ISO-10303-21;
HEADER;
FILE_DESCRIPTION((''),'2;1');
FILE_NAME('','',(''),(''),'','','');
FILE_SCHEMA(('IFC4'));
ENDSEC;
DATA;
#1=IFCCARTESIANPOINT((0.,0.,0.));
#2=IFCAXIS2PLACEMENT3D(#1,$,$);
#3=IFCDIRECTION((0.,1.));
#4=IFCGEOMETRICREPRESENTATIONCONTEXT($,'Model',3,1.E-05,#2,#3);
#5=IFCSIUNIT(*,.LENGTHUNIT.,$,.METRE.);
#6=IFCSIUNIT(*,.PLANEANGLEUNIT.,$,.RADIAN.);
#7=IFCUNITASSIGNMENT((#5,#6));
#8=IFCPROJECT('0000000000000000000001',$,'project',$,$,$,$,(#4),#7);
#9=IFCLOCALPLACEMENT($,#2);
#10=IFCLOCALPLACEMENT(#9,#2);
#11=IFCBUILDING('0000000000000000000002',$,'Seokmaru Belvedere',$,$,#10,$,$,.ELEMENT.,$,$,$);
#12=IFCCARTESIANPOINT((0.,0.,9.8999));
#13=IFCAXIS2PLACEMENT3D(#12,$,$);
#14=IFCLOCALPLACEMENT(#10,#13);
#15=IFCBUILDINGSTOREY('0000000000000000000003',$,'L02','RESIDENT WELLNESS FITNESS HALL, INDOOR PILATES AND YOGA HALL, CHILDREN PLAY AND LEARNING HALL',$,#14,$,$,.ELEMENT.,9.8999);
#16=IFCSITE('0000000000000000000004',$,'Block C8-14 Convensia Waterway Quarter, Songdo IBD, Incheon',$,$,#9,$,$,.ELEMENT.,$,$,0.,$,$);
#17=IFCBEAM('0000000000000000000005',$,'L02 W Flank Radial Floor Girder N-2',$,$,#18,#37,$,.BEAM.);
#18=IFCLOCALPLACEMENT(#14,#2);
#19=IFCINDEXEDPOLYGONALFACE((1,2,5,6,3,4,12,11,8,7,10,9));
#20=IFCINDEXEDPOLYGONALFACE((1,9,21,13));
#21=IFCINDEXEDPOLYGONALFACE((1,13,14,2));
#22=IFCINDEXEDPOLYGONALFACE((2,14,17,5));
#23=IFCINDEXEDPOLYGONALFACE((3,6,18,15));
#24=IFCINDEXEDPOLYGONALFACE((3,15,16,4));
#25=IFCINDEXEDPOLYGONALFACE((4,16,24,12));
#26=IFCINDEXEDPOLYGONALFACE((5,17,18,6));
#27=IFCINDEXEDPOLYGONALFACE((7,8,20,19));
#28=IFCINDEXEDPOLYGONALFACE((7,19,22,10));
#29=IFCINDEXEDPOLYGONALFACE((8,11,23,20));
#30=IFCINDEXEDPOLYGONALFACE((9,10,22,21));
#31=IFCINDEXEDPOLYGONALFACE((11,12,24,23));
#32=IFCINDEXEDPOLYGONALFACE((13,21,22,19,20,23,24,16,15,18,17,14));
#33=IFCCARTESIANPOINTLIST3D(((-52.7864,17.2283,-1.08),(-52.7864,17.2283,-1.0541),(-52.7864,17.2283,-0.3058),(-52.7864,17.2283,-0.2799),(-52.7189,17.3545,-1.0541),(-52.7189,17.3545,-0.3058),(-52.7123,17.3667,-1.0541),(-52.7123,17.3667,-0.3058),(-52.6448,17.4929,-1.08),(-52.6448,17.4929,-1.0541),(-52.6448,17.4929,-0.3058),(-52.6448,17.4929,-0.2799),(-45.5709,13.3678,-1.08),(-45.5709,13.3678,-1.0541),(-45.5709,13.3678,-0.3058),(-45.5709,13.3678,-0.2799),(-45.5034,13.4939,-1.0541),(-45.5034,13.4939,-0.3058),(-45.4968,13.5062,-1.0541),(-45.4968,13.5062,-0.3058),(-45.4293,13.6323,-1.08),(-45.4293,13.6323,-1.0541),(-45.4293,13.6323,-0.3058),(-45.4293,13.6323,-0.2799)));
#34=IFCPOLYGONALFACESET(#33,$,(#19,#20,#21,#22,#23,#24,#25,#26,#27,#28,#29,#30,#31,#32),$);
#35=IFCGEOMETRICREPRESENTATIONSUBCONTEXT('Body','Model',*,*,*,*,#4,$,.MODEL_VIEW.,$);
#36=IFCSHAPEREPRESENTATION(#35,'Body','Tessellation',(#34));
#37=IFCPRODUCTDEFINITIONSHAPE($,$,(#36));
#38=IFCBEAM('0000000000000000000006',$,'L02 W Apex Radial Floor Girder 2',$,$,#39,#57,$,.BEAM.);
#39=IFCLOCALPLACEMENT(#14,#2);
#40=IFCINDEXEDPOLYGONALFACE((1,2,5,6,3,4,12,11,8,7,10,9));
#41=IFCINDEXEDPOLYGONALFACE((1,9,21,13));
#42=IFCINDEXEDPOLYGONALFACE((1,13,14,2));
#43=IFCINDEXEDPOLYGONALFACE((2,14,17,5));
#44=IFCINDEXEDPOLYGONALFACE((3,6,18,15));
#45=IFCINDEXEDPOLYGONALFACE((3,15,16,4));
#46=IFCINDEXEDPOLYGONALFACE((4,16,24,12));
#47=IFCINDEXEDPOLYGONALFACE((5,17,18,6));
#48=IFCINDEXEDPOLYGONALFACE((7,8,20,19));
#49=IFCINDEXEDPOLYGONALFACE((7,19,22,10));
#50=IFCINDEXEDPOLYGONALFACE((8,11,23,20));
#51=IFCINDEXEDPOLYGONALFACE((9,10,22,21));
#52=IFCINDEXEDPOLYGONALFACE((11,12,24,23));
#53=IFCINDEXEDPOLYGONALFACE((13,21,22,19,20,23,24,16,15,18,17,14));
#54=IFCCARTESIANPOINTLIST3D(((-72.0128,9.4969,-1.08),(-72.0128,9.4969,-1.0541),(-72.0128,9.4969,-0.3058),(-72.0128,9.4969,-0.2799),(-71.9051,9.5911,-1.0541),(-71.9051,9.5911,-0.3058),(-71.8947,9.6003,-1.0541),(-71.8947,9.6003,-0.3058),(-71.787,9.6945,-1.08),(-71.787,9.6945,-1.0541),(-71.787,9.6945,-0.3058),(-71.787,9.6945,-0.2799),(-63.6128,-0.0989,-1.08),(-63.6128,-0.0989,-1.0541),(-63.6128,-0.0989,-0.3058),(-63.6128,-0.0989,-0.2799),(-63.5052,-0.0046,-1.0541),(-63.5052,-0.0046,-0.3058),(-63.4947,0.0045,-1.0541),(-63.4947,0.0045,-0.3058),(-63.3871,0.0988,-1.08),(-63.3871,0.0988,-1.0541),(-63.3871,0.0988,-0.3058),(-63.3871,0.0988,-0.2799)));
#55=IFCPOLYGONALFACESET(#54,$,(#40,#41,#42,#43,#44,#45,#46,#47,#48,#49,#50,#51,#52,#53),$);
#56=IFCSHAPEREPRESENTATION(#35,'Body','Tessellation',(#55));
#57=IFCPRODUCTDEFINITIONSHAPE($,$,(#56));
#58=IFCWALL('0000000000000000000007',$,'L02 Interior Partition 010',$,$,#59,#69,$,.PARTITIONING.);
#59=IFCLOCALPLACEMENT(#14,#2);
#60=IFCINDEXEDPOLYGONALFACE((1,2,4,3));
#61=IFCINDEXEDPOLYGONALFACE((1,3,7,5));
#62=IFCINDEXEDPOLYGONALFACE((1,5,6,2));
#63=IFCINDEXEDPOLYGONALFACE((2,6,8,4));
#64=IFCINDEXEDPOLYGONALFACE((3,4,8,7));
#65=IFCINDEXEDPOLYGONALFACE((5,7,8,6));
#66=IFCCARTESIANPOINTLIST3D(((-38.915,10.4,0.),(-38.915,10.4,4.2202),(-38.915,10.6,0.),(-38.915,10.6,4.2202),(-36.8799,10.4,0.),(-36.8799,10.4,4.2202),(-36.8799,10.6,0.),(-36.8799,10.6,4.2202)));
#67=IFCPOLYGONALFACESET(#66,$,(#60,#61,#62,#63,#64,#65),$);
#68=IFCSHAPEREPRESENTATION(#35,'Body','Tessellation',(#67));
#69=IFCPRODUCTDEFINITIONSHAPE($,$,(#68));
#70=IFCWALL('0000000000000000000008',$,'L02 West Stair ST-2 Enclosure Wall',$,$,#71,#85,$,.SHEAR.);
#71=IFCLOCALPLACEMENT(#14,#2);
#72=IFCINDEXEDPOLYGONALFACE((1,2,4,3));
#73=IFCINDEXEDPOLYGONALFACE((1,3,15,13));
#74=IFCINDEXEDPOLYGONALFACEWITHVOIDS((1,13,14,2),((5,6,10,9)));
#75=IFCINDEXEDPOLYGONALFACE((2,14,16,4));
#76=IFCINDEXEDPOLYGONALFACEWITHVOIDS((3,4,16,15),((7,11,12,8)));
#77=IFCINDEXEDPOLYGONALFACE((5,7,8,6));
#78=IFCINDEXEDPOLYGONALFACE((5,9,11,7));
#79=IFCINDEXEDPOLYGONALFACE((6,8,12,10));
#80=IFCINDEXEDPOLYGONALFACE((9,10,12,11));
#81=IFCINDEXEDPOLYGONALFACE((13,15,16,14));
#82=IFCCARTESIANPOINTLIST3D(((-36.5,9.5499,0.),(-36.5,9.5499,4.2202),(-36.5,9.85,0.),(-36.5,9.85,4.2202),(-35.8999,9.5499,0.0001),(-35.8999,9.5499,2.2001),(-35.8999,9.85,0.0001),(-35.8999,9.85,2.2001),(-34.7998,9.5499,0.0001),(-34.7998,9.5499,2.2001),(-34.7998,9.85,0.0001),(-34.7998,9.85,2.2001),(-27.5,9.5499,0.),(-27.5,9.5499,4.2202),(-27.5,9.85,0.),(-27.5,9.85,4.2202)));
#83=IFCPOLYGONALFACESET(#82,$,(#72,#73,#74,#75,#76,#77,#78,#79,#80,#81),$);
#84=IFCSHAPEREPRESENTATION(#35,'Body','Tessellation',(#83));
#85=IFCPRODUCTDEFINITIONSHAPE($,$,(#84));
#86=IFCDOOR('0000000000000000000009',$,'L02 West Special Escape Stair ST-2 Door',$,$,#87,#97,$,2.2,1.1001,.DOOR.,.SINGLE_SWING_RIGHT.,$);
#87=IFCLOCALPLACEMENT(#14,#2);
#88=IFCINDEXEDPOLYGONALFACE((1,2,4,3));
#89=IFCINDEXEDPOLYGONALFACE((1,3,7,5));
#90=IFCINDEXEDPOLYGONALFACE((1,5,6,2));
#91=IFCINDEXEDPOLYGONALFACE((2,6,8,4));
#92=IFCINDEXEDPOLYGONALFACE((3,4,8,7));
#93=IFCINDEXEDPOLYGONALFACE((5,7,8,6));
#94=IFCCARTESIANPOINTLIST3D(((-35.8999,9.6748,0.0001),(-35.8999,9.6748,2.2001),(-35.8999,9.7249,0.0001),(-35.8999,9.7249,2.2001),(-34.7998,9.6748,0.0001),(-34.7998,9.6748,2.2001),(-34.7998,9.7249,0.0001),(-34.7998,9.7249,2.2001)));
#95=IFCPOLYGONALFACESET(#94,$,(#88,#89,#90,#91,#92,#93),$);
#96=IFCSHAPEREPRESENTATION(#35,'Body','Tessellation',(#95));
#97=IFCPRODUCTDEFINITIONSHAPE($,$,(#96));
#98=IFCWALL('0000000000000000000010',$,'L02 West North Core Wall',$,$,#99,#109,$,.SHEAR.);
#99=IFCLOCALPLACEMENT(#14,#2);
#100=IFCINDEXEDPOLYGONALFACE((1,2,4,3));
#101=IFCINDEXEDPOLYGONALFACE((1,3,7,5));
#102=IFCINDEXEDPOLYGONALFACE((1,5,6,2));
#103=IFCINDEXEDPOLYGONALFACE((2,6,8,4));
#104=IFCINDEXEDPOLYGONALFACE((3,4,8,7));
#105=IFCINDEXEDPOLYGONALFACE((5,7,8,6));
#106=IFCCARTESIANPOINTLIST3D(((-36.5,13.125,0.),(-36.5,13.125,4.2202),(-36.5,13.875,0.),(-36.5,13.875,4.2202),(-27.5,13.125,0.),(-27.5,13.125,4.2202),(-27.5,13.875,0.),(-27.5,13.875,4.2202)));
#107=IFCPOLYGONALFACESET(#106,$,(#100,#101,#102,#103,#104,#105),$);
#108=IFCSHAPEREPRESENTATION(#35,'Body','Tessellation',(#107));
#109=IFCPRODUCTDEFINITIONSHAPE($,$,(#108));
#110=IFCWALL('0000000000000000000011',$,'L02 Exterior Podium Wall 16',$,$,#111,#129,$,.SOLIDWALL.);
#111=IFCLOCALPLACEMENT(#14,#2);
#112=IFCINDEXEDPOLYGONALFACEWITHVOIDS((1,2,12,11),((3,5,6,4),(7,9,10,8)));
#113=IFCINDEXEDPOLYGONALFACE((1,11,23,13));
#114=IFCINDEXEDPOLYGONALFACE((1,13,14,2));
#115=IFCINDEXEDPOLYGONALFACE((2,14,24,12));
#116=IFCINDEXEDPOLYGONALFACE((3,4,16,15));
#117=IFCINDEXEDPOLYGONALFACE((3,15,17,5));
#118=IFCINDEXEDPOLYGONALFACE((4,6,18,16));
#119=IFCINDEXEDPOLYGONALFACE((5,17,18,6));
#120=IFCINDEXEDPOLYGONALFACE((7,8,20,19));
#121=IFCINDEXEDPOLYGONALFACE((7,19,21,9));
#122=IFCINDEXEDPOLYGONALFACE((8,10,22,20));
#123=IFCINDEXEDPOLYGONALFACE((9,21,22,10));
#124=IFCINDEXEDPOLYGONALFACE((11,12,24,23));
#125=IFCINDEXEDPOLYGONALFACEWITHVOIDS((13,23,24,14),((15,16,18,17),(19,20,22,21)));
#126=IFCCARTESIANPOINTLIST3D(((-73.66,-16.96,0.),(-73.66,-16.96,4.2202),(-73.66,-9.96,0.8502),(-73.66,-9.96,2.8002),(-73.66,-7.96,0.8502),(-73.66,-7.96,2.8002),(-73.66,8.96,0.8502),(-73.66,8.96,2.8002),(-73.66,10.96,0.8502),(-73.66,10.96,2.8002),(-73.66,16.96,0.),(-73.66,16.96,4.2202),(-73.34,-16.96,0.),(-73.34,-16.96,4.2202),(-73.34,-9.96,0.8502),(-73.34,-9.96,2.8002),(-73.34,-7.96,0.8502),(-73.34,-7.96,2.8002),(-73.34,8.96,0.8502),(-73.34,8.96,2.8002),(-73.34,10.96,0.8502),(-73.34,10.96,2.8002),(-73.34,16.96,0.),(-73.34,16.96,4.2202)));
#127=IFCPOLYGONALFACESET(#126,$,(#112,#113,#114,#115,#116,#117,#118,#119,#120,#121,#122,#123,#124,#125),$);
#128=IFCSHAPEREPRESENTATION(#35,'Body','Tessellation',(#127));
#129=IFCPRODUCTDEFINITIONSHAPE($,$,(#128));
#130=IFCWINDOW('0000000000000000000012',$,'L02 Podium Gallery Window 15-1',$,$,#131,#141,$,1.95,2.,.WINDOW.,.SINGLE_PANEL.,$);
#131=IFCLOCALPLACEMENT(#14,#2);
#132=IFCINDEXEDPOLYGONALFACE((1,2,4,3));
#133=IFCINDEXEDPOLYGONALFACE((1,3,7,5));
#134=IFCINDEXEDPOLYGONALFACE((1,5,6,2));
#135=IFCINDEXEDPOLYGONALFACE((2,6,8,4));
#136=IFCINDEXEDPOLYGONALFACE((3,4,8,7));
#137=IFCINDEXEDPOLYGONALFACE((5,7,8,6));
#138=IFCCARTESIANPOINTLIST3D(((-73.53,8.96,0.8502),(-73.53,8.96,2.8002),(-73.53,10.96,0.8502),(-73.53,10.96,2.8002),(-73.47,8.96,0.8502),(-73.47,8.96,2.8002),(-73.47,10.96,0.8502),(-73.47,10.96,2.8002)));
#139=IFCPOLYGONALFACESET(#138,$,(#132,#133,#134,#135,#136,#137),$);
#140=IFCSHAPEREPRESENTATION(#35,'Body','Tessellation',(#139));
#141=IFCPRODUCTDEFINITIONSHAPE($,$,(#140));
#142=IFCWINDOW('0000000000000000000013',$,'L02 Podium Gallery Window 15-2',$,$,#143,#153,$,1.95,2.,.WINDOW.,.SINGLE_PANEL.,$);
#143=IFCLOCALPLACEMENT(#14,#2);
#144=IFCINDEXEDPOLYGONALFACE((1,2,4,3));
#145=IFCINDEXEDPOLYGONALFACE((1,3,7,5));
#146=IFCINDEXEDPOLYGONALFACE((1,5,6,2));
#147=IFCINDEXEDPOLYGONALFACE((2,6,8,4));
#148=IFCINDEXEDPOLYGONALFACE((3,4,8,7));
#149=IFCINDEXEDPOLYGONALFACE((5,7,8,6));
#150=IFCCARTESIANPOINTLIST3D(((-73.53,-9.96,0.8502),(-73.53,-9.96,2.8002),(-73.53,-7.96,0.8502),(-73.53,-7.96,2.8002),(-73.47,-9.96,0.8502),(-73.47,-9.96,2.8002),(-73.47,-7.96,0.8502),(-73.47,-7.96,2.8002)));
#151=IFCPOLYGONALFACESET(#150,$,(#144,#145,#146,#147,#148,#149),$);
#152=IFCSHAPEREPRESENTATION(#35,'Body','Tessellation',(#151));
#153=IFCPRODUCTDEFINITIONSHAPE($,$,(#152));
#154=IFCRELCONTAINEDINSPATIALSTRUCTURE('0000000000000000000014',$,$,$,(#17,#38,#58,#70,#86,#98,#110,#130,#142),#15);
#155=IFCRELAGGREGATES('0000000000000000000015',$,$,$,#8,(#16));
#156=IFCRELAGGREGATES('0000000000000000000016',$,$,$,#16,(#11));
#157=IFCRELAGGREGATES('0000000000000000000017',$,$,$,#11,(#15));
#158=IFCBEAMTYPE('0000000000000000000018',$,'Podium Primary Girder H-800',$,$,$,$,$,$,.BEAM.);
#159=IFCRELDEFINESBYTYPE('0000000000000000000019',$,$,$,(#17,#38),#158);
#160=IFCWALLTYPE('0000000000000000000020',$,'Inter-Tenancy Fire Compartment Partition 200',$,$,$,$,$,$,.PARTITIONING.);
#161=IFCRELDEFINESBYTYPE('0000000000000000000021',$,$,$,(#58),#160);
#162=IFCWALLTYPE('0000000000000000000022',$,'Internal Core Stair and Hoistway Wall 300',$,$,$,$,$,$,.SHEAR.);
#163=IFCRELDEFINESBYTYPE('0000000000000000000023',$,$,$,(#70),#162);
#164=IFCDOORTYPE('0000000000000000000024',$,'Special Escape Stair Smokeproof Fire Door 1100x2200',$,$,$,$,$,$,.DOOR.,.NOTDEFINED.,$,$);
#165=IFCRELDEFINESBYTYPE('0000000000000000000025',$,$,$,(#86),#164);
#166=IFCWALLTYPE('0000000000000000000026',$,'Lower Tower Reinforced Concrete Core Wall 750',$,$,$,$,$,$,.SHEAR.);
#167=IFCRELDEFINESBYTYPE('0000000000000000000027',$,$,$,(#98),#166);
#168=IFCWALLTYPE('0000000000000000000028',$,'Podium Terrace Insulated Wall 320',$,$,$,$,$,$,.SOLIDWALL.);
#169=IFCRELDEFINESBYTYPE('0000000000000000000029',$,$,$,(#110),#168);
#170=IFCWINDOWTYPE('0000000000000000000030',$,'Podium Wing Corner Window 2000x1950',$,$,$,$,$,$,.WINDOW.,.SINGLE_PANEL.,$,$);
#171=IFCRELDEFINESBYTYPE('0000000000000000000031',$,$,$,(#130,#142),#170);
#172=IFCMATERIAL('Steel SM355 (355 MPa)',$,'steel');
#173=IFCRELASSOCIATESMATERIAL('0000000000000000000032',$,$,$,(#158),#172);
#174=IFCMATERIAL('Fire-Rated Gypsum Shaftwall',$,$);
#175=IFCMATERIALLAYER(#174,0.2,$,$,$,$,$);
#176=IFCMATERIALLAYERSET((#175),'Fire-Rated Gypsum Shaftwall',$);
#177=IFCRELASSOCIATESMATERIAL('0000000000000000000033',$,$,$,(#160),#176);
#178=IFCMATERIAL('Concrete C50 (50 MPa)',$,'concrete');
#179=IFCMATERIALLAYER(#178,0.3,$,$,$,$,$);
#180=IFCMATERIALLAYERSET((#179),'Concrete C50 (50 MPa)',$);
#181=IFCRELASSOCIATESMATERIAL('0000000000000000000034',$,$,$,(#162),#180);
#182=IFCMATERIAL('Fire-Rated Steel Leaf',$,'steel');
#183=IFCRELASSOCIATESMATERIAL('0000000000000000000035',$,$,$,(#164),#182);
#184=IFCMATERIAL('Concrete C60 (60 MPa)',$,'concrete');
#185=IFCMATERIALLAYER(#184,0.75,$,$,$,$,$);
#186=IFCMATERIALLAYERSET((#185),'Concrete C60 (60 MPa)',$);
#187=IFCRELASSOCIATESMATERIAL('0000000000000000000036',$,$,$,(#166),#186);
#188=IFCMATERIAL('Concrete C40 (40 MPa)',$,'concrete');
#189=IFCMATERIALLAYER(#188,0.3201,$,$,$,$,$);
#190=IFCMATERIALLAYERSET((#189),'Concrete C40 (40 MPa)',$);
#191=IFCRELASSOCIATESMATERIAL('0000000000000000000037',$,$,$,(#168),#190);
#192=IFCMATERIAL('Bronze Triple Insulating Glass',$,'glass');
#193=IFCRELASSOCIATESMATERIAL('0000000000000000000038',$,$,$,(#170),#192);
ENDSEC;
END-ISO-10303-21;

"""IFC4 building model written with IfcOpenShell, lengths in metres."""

from ifc_helpers import new_model, si_unit, direction, frame, frame_2d, origin, origin_2d, place, context, subcontext, project, spatial, rectangle, i_section, extrude, source, transform, mapped, material, layer, layer_set, material_profile, profile_set, type_object, type_shapes, element, fill, save


model = new_model("IFC4")

# Units and contexts
model_context = context("Model", 3, precision=1e-05, world=origin(), true_north=direction((0.0, 1.0)))
body_context = subcontext(model_context, "Body", "Model", "MODEL_VIEW")
ifc_project = project(units=[si_unit("LENGTHUNIT", "METRE"), si_unit("PLANEANGLEUNIT", "RADIAN")], contexts=[model_context])

# Site, building, storey
site_placement = place(None, origin())
site = spatial("IfcSite", under=ifc_project, at=site_placement, Name="Block C8-14 Convensia Waterway Quarter, Songdo IBD, Incheon", CompositionType="ELEMENT", RefElevation=0.0)
building_placement = place(site_placement, origin())
building = spatial("IfcBuilding", under=site, at=building_placement, Name="Seokmaru Belvedere", CompositionType="ELEMENT")
storey_placement = place(building_placement, frame((0.0, 0.0, 9.8999)))
storey = spatial("IfcBuildingStorey", under=building, at=storey_placement, Name="L02", Description="RESIDENT WELLNESS FITNESS HALL, INDOOR PILATES AND YOGA HALL, CHILDREN PLAY AND LEARNING HALL", CompositionType="ELEMENT", Elevation=9.8999)

# Shared definitions
ifc_material_1 = material(Name="Steel SM355 (355 MPa)", Category="steel")

# Beams
ifc_material_profile_1 = material_profile(ifc_material_1, i_section(OverallWidth=0.3, OverallDepth=0.8, WebThickness=0.0139, FlangeThickness=0.0259, at=origin_2d()), Name="H-800x300x14x26")
ifc_profile_set_1 = profile_set([ifc_material_profile_1], Name="Steel SM355 (355 MPa)")
beam_type_1 = type_object("IfcBeamType", Name="Podium Primary Girder H-800", PredefinedType="BEAM", material=ifc_profile_set_1)
shared_shape_1 = source(origin(), body_context, "Body", "SweptSolid", [
    extrude(i_section(OverallWidth=0.3, OverallDepth=0.8, WebThickness=0.0139, FlangeThickness=0.0259, at=origin_2d()), origin(), (0.0, 0.0, 1.0), 8.1833),
])
beam_1_placement = place(storey_placement, frame((-52.7156, 17.3606, -0.6799), z_axis=(0.881729, -0.471757, 0.0), x_axis=(0.471757, 0.881729, 0.0)))
element("IfcBeam", 1, at=beam_1_placement, inside=storey, type_object=beam_type_1, Name="L02 W Flank Radial Floor Girder N-2", PredefinedType="BEAM", context=body_context, shape_type="MappedRepresentation", body=[
    mapped(shared_shape_1, transform((0.0, 0.0, 0.0), scale=1.0)),
])
shared_shape_2 = source(origin(), body_context, "Body", "SweptSolid", [
    extrude(i_section(OverallWidth=0.3, OverallDepth=0.8, WebThickness=0.0139, FlangeThickness=0.0259, at=origin_2d()), origin(), (0.0, 0.0, 1.0), 12.7529),
])
beam_2_placement = place(storey_placement, frame((-71.8999, 9.5957, -0.6799), z_axis=(0.658667, -0.752434, 0.0), x_axis=(0.752434, 0.658667, 0.0)))
element("IfcBeam", 2, at=beam_2_placement, inside=storey, type_object=beam_type_1, Name="L02 W Apex Radial Floor Girder 2", PredefinedType="BEAM", context=body_context, shape_type="MappedRepresentation", body=[
    mapped(shared_shape_2, transform((0.0, 0.0, 0.0), scale=1.0)),
])

# Wall
ifc_material_2 = material(Name="Fire-Rated Gypsum Shaftwall")
ifc_layer_1 = layer(ifc_material_2, 0.2)
ifc_layer_set_1 = layer_set([ifc_layer_1], Name="Fire-Rated Gypsum Shaftwall")
wall_type_1 = type_object("IfcWallType", Name="Inter-Tenancy Fire Compartment Partition 200", PredefinedType="PARTITIONING", material=ifc_layer_set_1)
wall_1_placement = place(storey_placement, frame((-38.915, 10.5, 0.0), z_axis=(0.0, 0.0, 1.0), x_axis=(1.0, 0.0, 0.0)))
element("IfcWall", 3, at=wall_1_placement, inside=storey, type_object=wall_type_1, Name="L02 Interior Partition 010", PredefinedType="PARTITIONING", context=body_context, shape_type="SweptSolid", body=[
    extrude(rectangle(XDim=2.0352, YDim=0.2, at=frame_2d((1.0176, 0.0))), origin(), (0.0, 0.0, 1.0), 4.2202),
])

# Wall, opening, door
ifc_material_3 = material(Name="Concrete C50 (50 MPa)", Category="concrete")
ifc_layer_2 = layer(ifc_material_3, 0.3)
ifc_layer_set_2 = layer_set([ifc_layer_2], Name="Concrete C50 (50 MPa)")
wall_type_2 = type_object("IfcWallType", Name="Internal Core Stair and Hoistway Wall 300", PredefinedType="SHEAR", material=ifc_layer_set_2)
wall_2_placement = place(storey_placement, frame((-36.5, 9.7, 0.0), z_axis=(0.0, 0.0, 1.0), x_axis=(1.0, 0.0, 0.0)))
wall_2 = element("IfcWall", 4, at=wall_2_placement, inside=storey, type_object=wall_type_2, Name="L02 West Stair ST-2 Enclosure Wall", PredefinedType="SHEAR", context=body_context, shape_type="SweptSolid", body=[
    extrude(rectangle(XDim=9.0, YDim=0.3, at=frame_2d((4.5, 0.0))), origin(), (0.0, 0.0, 1.0), 4.2202),
])
opening_1_placement = place(wall_2_placement, frame((0.6001, 0.0, 0.0)))
opening_1 = element("IfcOpeningElement", 5, at=opening_1_placement, cuts=wall_2, PredefinedType="OPENING", context=body_context, shape_type="SweptSolid", body=[
    extrude(rectangle(XDim=1.1001, YDim=2.2, at=frame_2d((0.55, 1.1001))), frame((0.0, 0.1602, 0.0), z_axis=(0.0, -1.0, 0.0), x_axis=(1.0, 0.0, 0.0)), (0.0, 0.0, 1.0), 0.3201),
])
ifc_material_4 = material(Name="Fire-Rated Steel Leaf", Category="steel")
door_type_1 = type_object("IfcDoorType", Name="Special Escape Stair Smokeproof Fire Door 1100x2200", OperationType="NOTDEFINED", PredefinedType="DOOR", material=ifc_material_4)
shared_shape_3 = source(origin(), body_context, "Body", "SweptSolid", [
    extrude(rectangle(XDim=1.1001, YDim=2.2, at=frame_2d((0.55, 1.1001))), frame((0.0, 0.0249, 0.0), z_axis=(0.0, -1.0, 0.0), x_axis=(1.0, 0.0, 0.0)), (0.0, 0.0, 1.0), 0.05),
])
type_shapes(door_type_1, [shared_shape_3])
door_1_placement = place(opening_1_placement, origin())
door_1 = element("IfcDoor", 6, at=door_1_placement, inside=storey, type_object=door_type_1, Name="L02 West Special Escape Stair ST-2 Door", OperationType="SINGLE_SWING_RIGHT", OverallHeight=2.2, OverallWidth=1.1001, PredefinedType="DOOR", context=body_context, shape_type="MappedRepresentation", body=[
    mapped(shared_shape_3, transform((0.0, 0.0, 0.0), scale=1.0)),
])
fill(opening_1, door_1)

# Wall
ifc_material_5 = material(Name="Concrete C60 (60 MPa)", Category="concrete")
ifc_layer_3 = layer(ifc_material_5, 0.75)
ifc_layer_set_3 = layer_set([ifc_layer_3], Name="Concrete C60 (60 MPa)")
wall_type_3 = type_object("IfcWallType", Name="Lower Tower Reinforced Concrete Core Wall 750", PredefinedType="SHEAR", material=ifc_layer_set_3)
wall_3_placement = place(storey_placement, frame((-36.5, 13.5, 0.0), z_axis=(0.0, 0.0, 1.0), x_axis=(1.0, 0.0, 0.0)))
element("IfcWall", 7, at=wall_3_placement, inside=storey, type_object=wall_type_3, Name="L02 West North Core Wall", PredefinedType="SHEAR", context=body_context, shape_type="SweptSolid", body=[
    extrude(rectangle(XDim=9.0, YDim=0.75, at=frame_2d((4.5, 0.0))), origin(), (0.0, 0.0, 1.0), 4.2202),
])

# Wall, openings, windows
ifc_material_6 = material(Name="Concrete C40 (40 MPa)", Category="concrete")
ifc_layer_4 = layer(ifc_material_6, 0.3201)
ifc_layer_set_4 = layer_set([ifc_layer_4], Name="Concrete C40 (40 MPa)")
wall_type_4 = type_object("IfcWallType", Name="Podium Terrace Insulated Wall 320", PredefinedType="SOLIDWALL", material=ifc_layer_set_4)
wall_4_placement = place(storey_placement, frame((-73.5, 16.96, 0.0), z_axis=(0.0, 0.0, 1.0), x_axis=(0.0, -1.0, 0.0)))
wall_4 = element("IfcWall", 8, at=wall_4_placement, inside=storey, type_object=wall_type_4, Name="L02 Exterior Podium Wall 16", PredefinedType="SOLIDWALL", context=body_context, shape_type="SweptSolid", body=[
    extrude(rectangle(XDim=33.9199, YDim=0.3201, at=frame_2d((16.96, 0.0))), origin(), (0.0, 0.0, 1.0), 4.2202),
])
opening_2_placement = place(wall_4_placement, frame((6.0, 0.0, 0.8501)))
opening_2 = element("IfcOpeningElement", 9, at=opening_2_placement, cuts=wall_4, PredefinedType="OPENING", context=body_context, shape_type="SweptSolid", body=[
    extrude(rectangle(XDim=2.0, YDim=1.95, at=frame_2d((1.0, 0.9751))), frame((0.0, 0.1699, 0.0), z_axis=(0.0, -1.0, 0.0), x_axis=(1.0, 0.0, 0.0)), (0.0, 0.0, 1.0), 0.3401),
])
opening_3_placement = place(wall_4_placement, frame((24.9199, 0.0, 0.8501)))
opening_3 = element("IfcOpeningElement", 10, at=opening_3_placement, cuts=wall_4, PredefinedType="OPENING", context=body_context, shape_type="SweptSolid", body=[
    extrude(rectangle(XDim=2.0, YDim=1.95, at=frame_2d((1.0, 0.9751))), frame((0.0, 0.1699, 0.0), z_axis=(0.0, -1.0, 0.0), x_axis=(1.0, 0.0, 0.0)), (0.0, 0.0, 1.0), 0.3401),
])
ifc_material_7 = material(Name="Bronze Triple Insulating Glass", Category="glass")
window_type = type_object("IfcWindowType", Name="Podium Wing Corner Window 2000x1950", PartitioningType="SINGLE_PANEL", PredefinedType="WINDOW", material=ifc_material_7)
shared_shape_4 = source(origin(), body_context, "Body", "SweptSolid", [
    extrude(rectangle(XDim=2.0, YDim=1.95, at=frame_2d((1.0, 0.9751))), frame((0.0, 0.03, 0.0), z_axis=(0.0, -1.0, 0.0), x_axis=(1.0, 0.0, 0.0)), (0.0, 0.0, 1.0), 0.0601),
])
type_shapes(window_type, [shared_shape_4])
window_1_placement = place(opening_2_placement, origin())
window_1 = element("IfcWindow", 11, at=window_1_placement, inside=storey, type_object=window_type, Name="L02 Podium Gallery Window 15-1", OverallHeight=1.95, OverallWidth=2.0, PartitioningType="SINGLE_PANEL", PredefinedType="WINDOW", context=body_context, shape_type="MappedRepresentation", body=[
    mapped(shared_shape_4, transform((0.0, 0.0, 0.0), scale=1.0)),
])
fill(opening_2, window_1)
window_2_placement = place(opening_3_placement, origin())
window_2 = element("IfcWindow", 12, at=window_2_placement, inside=storey, type_object=window_type, Name="L02 Podium Gallery Window 15-2", OverallHeight=1.95, OverallWidth=2.0, PartitioningType="SINGLE_PANEL", PredefinedType="WINDOW", context=body_context, shape_type="MappedRepresentation", body=[
    mapped(shared_shape_4, transform((0.0, 0.0, 0.0), scale=1.0)),
])
fill(opening_3, window_2)

save(model, "model.ifc")
